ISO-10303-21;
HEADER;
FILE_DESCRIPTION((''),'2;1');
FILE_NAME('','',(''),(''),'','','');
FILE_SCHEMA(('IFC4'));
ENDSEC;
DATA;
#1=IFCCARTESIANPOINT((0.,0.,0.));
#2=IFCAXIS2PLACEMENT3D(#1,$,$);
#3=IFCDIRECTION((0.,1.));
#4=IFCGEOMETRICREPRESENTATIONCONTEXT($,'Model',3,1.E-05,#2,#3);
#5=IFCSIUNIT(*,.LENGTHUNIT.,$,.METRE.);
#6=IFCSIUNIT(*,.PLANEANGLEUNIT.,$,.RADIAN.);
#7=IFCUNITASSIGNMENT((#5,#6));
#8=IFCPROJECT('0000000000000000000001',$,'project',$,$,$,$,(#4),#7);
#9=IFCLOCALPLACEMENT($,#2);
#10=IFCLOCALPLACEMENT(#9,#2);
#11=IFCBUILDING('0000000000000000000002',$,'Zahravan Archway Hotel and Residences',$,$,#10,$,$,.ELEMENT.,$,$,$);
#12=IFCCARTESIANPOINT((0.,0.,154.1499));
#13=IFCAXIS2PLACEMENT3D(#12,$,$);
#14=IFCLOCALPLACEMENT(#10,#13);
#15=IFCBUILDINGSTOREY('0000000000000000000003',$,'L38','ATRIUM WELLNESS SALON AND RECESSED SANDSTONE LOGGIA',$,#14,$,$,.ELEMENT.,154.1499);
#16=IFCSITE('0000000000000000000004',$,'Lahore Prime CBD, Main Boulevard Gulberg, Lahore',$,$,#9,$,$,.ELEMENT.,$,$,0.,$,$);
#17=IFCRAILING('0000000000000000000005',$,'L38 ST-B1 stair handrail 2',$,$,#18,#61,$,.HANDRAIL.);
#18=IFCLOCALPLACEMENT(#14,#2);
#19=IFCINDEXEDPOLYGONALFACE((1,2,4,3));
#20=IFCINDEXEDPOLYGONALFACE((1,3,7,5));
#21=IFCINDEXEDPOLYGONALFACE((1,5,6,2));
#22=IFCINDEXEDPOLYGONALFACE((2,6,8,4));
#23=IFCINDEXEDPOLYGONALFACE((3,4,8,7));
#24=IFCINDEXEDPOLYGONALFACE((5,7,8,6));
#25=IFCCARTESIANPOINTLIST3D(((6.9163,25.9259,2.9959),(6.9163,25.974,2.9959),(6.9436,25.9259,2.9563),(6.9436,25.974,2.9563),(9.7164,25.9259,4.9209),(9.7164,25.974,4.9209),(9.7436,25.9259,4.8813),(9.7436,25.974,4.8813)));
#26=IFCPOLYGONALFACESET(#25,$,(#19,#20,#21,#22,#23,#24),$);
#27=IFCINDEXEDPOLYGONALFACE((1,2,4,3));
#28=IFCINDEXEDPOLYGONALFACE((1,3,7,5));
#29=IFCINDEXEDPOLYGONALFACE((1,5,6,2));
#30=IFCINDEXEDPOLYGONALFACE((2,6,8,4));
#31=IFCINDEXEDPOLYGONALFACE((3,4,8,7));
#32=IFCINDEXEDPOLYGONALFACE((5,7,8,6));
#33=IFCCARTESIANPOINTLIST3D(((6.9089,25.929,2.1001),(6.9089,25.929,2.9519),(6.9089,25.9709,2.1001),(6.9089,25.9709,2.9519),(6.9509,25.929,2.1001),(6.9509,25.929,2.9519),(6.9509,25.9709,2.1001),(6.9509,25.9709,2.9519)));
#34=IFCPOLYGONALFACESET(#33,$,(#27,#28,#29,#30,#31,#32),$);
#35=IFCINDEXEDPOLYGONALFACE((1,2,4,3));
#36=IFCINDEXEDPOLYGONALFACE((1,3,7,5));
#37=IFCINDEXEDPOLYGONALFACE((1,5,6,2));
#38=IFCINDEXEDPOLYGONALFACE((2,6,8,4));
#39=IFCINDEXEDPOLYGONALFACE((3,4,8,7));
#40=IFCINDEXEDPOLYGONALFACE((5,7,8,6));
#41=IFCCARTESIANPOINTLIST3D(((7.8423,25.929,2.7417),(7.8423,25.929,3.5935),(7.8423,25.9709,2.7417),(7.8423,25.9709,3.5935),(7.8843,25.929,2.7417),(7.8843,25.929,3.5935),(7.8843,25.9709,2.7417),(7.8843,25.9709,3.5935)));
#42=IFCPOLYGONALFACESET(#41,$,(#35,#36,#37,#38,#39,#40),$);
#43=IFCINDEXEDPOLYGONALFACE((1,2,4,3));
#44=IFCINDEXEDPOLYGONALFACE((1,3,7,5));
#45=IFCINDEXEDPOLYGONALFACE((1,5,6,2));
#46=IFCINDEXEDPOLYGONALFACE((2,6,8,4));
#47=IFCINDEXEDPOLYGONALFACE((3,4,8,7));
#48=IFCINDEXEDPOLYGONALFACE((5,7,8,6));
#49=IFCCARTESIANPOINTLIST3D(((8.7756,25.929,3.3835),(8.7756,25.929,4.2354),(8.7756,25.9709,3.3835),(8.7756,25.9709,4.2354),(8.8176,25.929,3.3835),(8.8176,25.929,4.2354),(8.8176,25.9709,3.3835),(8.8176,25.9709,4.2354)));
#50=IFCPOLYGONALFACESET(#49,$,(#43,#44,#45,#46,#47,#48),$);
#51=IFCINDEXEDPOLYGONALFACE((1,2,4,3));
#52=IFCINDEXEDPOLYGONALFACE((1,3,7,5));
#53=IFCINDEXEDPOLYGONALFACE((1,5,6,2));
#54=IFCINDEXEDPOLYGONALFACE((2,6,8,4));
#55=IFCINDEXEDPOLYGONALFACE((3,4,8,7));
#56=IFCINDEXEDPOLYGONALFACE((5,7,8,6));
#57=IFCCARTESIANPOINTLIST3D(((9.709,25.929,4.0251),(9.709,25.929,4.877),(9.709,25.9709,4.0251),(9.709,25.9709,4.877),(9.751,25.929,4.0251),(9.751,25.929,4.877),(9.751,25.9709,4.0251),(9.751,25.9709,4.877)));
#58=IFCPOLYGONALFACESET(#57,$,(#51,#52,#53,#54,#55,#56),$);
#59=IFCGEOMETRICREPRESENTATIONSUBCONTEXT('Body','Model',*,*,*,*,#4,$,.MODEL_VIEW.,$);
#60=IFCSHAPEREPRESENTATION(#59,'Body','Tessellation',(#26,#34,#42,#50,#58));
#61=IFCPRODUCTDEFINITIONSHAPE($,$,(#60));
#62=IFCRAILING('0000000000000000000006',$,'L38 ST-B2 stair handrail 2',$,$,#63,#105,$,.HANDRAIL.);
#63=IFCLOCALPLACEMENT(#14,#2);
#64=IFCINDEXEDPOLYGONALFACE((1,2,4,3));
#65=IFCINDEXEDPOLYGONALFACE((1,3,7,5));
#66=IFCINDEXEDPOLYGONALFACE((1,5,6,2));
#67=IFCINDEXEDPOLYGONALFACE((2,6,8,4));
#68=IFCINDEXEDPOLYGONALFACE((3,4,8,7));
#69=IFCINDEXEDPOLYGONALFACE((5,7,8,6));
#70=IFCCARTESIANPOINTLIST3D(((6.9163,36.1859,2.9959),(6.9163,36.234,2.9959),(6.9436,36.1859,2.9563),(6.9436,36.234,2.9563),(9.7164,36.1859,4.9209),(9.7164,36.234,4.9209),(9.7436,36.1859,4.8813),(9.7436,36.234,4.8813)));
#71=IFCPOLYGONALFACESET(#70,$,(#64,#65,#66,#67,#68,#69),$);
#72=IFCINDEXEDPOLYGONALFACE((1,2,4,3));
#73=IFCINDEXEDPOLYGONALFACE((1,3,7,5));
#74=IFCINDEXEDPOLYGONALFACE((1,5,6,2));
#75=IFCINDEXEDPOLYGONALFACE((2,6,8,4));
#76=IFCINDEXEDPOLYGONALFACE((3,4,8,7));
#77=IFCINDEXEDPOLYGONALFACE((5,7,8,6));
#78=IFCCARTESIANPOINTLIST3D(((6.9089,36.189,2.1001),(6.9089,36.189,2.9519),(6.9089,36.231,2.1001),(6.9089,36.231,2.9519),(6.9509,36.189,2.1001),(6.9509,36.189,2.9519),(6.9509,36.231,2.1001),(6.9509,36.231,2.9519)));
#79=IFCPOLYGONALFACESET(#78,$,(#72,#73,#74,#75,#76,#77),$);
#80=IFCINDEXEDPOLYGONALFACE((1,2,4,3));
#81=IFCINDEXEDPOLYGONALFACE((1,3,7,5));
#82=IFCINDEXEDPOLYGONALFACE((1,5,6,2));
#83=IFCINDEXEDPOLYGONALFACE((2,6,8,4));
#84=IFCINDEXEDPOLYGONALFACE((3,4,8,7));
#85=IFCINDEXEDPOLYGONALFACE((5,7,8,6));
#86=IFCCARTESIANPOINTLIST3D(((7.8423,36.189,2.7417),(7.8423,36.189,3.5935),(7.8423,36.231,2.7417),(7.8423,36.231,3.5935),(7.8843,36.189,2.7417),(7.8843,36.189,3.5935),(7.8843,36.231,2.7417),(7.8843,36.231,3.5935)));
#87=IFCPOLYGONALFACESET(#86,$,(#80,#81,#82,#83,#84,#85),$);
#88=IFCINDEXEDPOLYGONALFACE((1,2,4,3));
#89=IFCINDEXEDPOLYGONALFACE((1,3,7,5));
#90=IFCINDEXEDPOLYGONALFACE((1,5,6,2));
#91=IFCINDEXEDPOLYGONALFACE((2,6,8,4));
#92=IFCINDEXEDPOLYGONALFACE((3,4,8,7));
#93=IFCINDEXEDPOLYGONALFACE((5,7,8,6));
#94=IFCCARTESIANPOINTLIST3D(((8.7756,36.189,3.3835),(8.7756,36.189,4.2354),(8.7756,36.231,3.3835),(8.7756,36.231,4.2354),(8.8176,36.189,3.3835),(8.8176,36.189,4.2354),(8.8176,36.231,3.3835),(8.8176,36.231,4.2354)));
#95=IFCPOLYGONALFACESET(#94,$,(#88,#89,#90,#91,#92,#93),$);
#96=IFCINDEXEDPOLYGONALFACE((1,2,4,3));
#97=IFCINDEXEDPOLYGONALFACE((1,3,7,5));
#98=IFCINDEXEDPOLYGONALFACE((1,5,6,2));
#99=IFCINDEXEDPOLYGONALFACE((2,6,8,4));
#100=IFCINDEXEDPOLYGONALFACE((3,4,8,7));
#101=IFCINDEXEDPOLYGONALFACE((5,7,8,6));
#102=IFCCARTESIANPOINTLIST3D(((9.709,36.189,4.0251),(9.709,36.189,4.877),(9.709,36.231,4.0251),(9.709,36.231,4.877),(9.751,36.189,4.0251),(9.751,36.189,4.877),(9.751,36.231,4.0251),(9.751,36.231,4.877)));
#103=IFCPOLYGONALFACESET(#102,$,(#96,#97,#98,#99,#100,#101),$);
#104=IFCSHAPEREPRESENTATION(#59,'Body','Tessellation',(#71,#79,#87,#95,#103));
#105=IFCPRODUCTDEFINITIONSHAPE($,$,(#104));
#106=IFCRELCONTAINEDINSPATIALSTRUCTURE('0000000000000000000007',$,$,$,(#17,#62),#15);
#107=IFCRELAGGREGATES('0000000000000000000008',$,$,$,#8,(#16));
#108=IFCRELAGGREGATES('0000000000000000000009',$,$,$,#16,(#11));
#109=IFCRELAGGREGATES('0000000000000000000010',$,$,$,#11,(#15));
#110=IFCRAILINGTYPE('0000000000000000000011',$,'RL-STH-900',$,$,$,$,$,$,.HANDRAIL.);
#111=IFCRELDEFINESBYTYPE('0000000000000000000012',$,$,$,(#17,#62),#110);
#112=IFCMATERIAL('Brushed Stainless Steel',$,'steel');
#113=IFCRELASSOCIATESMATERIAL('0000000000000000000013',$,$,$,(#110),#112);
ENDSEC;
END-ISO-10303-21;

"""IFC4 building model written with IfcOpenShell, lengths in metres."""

from ifc_helpers import new_model, si_unit, direction, frame, origin, origin_2d, place, context, subcontext, project, spatial, rectangle, extrude, material, type_object, element, save


model = new_model("IFC4")

# Units and contexts
model_context = context("Model", 3, precision=1e-05, world=origin(), true_north=direction((0.0, 1.0)))
body_context = subcontext(model_context, "Body", "Model", "MODEL_VIEW")
ifc_project = project(units=[si_unit("LENGTHUNIT", "METRE"), si_unit("PLANEANGLEUNIT", "RADIAN")], contexts=[model_context])

# Site, building, storey
site_placement = place(None, origin())
site = spatial("IfcSite", under=ifc_project, at=site_placement, Name="Lahore Prime CBD, Main Boulevard Gulberg, Lahore", CompositionType="ELEMENT", RefElevation=0.0)
building_placement = place(site_placement, origin())
building = spatial("IfcBuilding", under=site, at=building_placement, Name="Zahravan Archway Hotel and Residences", CompositionType="ELEMENT")
storey_placement = place(building_placement, frame((0.0, 0.0, 154.1499)))
storey = spatial("IfcBuildingStorey", under=building, at=storey_placement, Name="L38", Description="ATRIUM WELLNESS SALON AND RECESSED SANDSTONE LOGGIA", CompositionType="ELEMENT", Elevation=154.1499)

# Shared definitions
ifc_material_1 = material(Name="Brushed Stainless Steel", Category="steel")

# Railings
railing_type_1 = type_object("IfcRailingType", Name="RL-STH-900", PredefinedType="HANDRAIL", material=ifc_material_1)
for number, where, name in (
    (1, (6.9299, 25.95, 2.1001), "L38 ST-B1 stair handrail 2"),
    (2, (6.9299, 36.21, 2.1001), "L38 ST-B2 stair handrail 2"),
):
    element("IfcRailing", number, at=place(storey_placement, frame(where)), inside=storey, type_object=railing_type_1, Name=name, PredefinedType="HANDRAIL", context=body_context, shape_type="SweptSolid", body=[
        extrude(rectangle(XDim=0.0481, YDim=0.0481, at=origin_2d()), frame((0.0, 0.0, 0.876), z_axis=(0.82404, 0.0, 0.566532), x_axis=(0.0, 1.0, 0.0)), (0.0, 0.0, 1.0), 3.3979),
        extrude(rectangle(XDim=0.042, YDim=0.042, at=origin_2d()), origin(), (0.0, 0.0, 1.0), 0.8518),
        extrude(rectangle(XDim=0.042, YDim=0.042, at=origin_2d()), frame((0.9333, 0.0, 0.6416)), (0.0, 0.0, 1.0), 0.8518),
        extrude(rectangle(XDim=0.042, YDim=0.042, at=origin_2d()), frame((1.8667, 0.0, 1.2834)), (0.0, 0.0, 1.0), 0.8518),
        extrude(rectangle(XDim=0.042, YDim=0.042, at=origin_2d()), frame((2.8, 0.0, 1.925)), (0.0, 0.0, 1.0), 0.8518),
    ])

save(model, "model.ifc")
